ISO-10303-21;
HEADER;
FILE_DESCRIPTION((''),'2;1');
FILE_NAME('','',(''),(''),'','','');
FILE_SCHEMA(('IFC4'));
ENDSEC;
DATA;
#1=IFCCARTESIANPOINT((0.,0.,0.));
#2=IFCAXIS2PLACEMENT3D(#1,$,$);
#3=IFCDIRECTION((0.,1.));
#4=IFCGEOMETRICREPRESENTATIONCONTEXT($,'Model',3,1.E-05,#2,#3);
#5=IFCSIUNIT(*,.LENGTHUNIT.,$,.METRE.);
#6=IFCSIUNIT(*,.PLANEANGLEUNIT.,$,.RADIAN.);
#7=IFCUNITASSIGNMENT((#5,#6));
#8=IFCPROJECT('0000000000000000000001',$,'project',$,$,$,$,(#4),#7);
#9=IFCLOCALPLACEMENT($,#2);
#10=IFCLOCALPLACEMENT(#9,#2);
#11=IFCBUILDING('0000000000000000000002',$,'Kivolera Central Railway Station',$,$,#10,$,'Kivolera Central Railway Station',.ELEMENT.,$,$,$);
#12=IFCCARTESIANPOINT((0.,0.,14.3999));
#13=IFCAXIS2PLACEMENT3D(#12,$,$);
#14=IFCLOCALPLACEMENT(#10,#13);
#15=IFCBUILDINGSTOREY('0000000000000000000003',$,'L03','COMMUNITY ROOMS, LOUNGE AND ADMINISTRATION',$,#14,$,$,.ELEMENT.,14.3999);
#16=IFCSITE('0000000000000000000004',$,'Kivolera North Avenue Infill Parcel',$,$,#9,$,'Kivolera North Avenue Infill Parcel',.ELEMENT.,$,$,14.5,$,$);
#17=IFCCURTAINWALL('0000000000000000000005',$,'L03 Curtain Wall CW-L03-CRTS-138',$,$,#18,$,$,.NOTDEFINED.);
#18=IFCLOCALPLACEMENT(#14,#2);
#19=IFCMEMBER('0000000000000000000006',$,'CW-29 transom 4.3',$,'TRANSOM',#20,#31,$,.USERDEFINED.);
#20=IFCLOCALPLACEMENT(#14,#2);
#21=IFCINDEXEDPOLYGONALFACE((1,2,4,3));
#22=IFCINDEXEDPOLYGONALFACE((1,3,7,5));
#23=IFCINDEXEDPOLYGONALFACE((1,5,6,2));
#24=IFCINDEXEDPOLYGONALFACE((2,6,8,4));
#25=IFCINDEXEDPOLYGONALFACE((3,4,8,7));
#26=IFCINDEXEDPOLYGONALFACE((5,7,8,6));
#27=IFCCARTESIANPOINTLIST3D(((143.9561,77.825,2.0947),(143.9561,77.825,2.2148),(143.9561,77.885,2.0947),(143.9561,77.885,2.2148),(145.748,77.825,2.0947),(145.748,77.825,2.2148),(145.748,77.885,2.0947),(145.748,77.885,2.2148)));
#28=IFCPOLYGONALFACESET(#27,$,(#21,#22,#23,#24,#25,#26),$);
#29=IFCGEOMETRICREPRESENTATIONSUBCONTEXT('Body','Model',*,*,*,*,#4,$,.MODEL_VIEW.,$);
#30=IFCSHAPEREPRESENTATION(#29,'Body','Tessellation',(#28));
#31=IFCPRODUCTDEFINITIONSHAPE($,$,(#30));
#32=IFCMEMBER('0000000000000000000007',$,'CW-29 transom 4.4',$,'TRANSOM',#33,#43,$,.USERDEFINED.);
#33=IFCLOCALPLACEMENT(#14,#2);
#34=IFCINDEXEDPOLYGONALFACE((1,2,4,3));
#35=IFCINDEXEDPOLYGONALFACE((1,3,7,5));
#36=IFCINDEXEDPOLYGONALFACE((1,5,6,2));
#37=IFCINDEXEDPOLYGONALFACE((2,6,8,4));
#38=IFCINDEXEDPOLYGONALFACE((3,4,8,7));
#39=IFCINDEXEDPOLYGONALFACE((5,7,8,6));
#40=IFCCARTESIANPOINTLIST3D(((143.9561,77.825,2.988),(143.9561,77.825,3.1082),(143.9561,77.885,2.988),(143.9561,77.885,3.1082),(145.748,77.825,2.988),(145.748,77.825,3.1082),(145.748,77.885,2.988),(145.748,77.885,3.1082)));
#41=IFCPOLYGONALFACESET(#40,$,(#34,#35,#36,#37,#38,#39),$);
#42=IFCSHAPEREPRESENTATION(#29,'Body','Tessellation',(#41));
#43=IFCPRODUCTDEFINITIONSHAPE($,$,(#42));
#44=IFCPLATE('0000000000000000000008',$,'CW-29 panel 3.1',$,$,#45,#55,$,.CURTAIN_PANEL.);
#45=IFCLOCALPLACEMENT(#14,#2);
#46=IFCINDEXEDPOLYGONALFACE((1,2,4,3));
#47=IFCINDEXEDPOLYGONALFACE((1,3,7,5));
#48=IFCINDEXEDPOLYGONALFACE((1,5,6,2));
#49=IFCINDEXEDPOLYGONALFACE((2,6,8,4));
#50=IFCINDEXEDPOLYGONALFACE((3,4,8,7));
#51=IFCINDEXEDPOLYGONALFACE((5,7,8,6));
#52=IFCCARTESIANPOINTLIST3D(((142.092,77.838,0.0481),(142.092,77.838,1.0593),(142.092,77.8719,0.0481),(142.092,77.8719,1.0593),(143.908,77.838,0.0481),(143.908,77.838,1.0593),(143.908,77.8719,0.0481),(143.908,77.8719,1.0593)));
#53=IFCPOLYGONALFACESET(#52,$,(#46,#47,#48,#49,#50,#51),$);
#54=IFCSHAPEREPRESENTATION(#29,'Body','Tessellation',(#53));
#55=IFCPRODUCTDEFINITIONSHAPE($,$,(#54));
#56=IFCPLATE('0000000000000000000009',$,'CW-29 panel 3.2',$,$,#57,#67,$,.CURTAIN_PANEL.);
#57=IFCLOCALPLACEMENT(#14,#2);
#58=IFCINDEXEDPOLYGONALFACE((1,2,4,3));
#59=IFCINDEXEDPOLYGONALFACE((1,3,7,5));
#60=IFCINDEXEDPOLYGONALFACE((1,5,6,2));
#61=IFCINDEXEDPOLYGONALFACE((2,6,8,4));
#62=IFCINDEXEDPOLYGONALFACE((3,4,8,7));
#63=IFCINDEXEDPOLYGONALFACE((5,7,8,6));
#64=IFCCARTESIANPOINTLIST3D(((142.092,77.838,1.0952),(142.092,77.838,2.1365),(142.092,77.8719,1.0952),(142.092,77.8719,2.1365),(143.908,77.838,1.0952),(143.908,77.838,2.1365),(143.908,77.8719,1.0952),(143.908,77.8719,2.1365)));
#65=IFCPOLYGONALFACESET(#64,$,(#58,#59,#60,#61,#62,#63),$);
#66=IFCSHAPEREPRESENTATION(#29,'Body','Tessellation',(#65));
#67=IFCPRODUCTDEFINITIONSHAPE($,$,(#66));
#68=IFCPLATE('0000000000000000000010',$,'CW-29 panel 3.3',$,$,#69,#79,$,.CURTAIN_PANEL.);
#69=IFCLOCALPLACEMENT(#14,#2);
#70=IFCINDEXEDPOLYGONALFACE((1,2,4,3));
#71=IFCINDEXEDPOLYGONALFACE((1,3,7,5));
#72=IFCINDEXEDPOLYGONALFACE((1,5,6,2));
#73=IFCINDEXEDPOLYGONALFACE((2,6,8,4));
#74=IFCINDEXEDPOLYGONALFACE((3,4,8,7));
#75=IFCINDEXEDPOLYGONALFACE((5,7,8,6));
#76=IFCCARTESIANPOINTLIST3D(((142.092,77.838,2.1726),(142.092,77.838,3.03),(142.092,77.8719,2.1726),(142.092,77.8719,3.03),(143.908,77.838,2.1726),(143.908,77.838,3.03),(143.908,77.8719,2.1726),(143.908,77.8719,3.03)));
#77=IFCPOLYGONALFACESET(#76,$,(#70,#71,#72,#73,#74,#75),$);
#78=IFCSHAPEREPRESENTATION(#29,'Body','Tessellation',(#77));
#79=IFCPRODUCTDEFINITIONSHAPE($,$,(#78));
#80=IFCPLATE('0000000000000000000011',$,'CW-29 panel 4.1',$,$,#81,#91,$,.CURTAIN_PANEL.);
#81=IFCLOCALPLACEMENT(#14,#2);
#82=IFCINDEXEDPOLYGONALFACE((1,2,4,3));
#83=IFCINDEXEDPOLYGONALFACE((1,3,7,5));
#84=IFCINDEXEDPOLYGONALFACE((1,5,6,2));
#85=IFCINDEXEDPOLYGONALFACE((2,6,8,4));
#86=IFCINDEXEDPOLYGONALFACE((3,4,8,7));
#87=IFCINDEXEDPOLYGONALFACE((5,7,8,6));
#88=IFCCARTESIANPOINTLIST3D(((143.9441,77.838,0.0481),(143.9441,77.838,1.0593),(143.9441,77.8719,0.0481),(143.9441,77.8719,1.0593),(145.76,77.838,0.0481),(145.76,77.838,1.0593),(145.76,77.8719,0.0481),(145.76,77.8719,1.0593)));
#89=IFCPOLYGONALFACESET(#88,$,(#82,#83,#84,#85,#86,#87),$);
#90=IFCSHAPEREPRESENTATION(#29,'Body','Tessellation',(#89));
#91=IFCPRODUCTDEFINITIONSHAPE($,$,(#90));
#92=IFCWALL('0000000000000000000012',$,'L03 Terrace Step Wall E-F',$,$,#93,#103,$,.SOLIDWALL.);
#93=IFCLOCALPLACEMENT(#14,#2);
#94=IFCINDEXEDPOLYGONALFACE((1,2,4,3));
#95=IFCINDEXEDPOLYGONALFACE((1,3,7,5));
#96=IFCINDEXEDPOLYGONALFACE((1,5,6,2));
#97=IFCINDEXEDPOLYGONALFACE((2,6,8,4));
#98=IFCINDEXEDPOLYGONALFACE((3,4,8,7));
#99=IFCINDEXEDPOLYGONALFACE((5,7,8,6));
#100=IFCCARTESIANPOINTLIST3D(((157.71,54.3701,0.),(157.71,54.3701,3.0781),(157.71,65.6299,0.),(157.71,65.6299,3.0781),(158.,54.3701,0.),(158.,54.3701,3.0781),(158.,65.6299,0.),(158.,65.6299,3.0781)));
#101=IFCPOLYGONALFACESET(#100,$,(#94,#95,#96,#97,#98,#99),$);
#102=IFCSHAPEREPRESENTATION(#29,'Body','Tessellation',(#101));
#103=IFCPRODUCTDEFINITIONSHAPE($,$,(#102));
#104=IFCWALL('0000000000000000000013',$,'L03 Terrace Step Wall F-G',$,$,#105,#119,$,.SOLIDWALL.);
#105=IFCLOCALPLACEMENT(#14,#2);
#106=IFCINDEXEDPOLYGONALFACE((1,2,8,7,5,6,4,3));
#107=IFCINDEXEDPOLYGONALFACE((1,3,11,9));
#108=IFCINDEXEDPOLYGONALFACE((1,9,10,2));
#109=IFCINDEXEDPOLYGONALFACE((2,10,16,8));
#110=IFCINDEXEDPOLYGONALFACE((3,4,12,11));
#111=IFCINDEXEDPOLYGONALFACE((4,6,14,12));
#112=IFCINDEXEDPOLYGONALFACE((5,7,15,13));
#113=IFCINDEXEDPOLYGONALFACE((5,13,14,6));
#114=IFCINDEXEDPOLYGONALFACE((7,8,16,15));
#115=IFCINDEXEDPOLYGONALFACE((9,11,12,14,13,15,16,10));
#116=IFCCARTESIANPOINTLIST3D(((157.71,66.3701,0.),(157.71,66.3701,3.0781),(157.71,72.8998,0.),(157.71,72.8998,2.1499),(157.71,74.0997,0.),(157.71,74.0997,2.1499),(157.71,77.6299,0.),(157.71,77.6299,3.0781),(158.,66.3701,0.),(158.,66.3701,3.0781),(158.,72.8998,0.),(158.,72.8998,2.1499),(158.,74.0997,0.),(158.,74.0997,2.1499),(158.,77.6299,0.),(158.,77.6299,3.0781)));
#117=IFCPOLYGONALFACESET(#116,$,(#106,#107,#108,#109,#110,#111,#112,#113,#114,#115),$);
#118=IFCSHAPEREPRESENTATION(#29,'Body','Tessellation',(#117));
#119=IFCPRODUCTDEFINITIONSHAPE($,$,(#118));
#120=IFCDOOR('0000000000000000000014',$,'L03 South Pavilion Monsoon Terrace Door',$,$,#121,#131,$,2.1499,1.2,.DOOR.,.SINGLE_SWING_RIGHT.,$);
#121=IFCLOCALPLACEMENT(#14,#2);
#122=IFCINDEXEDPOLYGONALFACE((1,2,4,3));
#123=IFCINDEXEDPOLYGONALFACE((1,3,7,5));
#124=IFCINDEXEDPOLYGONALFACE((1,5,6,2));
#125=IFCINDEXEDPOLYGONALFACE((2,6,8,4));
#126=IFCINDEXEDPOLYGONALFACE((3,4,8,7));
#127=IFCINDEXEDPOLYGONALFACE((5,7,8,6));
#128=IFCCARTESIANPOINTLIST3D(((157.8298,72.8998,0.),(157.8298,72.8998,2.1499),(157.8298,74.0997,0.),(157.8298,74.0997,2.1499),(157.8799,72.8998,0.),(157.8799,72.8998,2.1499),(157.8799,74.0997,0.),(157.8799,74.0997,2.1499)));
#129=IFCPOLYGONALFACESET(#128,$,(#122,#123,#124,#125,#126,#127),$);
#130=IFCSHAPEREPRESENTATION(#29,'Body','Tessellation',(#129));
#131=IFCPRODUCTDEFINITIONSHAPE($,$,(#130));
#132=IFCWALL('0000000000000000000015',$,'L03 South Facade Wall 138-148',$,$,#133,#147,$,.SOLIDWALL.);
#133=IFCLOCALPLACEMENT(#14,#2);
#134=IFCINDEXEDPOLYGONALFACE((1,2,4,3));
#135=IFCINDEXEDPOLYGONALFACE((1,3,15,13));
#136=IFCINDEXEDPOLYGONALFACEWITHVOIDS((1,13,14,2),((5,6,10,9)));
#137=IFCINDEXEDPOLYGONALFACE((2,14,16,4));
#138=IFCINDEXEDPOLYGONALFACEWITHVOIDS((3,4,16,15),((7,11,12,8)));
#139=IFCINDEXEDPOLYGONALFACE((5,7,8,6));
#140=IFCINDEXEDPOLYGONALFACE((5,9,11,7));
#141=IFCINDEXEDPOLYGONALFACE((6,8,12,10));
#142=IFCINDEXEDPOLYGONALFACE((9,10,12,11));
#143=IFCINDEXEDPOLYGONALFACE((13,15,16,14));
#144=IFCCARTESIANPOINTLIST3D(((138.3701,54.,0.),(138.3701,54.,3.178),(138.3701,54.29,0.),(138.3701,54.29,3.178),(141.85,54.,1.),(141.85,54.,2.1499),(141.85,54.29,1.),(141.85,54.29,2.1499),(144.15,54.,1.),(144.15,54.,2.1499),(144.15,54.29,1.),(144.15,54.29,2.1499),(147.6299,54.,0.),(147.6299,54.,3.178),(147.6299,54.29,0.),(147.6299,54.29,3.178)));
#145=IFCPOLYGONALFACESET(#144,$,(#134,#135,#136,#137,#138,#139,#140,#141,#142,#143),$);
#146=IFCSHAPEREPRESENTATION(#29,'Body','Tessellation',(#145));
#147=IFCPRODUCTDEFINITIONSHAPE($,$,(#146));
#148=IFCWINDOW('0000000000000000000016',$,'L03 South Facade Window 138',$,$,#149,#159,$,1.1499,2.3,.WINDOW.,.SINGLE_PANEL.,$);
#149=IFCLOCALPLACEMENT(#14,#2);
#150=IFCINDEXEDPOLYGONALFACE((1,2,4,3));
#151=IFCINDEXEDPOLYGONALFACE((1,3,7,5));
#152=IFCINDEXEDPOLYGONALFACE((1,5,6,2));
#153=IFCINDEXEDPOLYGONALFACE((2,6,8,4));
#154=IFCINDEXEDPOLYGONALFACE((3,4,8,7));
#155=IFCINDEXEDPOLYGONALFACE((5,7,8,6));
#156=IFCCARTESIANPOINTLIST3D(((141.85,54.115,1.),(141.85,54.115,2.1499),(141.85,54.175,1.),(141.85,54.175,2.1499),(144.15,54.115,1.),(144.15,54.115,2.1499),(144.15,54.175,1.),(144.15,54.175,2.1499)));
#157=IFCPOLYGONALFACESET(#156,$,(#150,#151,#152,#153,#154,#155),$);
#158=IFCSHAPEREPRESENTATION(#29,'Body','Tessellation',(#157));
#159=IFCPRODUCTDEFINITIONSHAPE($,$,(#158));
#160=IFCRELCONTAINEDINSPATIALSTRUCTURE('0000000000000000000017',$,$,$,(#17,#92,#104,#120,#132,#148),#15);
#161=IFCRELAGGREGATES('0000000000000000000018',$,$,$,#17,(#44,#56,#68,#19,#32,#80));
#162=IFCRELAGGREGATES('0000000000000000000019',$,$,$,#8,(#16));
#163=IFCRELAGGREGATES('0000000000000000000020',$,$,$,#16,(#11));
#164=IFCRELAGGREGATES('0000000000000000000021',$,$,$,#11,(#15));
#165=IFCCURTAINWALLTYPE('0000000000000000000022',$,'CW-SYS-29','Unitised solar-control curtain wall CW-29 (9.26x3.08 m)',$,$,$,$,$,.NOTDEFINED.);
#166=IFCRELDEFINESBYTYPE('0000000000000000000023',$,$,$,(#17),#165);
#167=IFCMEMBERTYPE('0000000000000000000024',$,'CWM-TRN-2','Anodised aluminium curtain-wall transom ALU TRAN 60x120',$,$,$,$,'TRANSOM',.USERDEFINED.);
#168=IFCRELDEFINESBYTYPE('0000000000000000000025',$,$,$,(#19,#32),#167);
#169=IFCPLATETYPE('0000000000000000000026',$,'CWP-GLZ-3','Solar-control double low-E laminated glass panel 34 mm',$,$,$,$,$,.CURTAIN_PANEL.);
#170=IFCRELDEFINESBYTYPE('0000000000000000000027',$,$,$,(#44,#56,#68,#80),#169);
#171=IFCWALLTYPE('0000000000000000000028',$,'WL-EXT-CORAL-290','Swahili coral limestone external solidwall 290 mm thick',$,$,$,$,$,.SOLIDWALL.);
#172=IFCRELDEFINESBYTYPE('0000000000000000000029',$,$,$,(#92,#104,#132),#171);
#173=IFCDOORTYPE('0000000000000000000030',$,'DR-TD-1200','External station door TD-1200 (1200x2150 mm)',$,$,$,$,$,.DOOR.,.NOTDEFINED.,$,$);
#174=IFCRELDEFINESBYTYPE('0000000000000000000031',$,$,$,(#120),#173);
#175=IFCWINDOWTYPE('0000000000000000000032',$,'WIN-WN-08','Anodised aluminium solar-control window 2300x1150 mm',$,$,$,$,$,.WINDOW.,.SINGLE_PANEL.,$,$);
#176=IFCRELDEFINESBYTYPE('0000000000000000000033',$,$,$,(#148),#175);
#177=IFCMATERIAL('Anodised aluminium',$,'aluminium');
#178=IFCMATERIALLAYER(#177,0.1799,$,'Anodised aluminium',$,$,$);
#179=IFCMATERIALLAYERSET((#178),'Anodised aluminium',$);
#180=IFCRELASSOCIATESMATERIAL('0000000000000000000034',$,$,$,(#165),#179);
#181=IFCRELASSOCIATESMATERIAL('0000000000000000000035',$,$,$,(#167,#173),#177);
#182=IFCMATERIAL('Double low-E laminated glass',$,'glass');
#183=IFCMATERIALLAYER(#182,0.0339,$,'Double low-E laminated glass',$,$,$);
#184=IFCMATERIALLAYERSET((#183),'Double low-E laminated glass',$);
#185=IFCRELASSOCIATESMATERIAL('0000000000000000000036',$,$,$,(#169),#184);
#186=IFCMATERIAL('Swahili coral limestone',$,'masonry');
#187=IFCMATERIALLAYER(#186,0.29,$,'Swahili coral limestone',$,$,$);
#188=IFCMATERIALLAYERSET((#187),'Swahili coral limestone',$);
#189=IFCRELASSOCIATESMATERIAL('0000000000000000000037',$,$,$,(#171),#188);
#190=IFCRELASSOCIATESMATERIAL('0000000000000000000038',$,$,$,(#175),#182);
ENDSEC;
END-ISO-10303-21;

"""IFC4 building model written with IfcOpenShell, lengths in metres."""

from ifc_helpers import new_model, si_unit, direction, frame, frame_2d, origin, origin_2d, place, context, subcontext, project, spatial, rectangle, extrude, material, layer, layer_set, material_profile, profile_set, type_object, element, fill, aggregate, save


model = new_model("IFC4")

# Units and contexts
model_context = context("Model", 3, precision=1e-05, world=origin(), true_north=direction((0.0, 1.0)))
body_context = subcontext(model_context, "Body", "Model", "MODEL_VIEW")
ifc_project = project(units=[si_unit("LENGTHUNIT", "METRE"), si_unit("PLANEANGLEUNIT", "RADIAN")], contexts=[model_context])

# Site, building, storey
site_placement = place(None, origin())
site = spatial("IfcSite", under=ifc_project, at=site_placement, Name="Kivolera North Avenue Infill Parcel", LongName="Kivolera North Avenue Infill Parcel", CompositionType="ELEMENT", RefElevation=14.5)
building_placement = place(site_placement, origin())
building = spatial("IfcBuilding", under=site, at=building_placement, Name="Kivolera Central Railway Station", LongName="Kivolera Central Railway Station", CompositionType="ELEMENT")
storey_placement = place(building_placement, frame((0.0, 0.0, 14.3999)))
storey = spatial("IfcBuildingStorey", under=building, at=storey_placement, Name="L03", Description="COMMUNITY ROOMS, LOUNGE AND ADMINISTRATION", CompositionType="ELEMENT", Elevation=14.3999)

# Curtain wall, members, plates
ifc_material_1 = material(Name="Anodised aluminium", Category="aluminium")
ifc_layer_1 = layer(ifc_material_1, 0.1799, Name="Anodised aluminium")
ifc_layer_set_1 = layer_set([ifc_layer_1], Name="Anodised aluminium")
curtain_wall_type = type_object("IfcCurtainWallType", Name="CW-SYS-29", Description="Unitised solar-control curtain wall CW-29 (9.26x3.08 m)", PredefinedType="NOTDEFINED", material=ifc_layer_set_1)
curtain_wall_placement = place(storey_placement, origin())
curtain_wall = element("IfcCurtainWall", 1, at=curtain_wall_placement, inside=storey, type_object=curtain_wall_type, Name="L03 Curtain Wall CW-L03-CRTS-138", PredefinedType="NOTDEFINED")
ifc_material_profile_1 = material_profile(ifc_material_1, rectangle(XDim=0.0601, YDim=0.1201, at=origin_2d()), Name="ALU TRAN 60x120")
ifc_profile_set_1 = profile_set([ifc_material_profile_1], Name="Anodised aluminium")
member_type_1 = type_object("IfcMemberType", Name="CWM-TRN-2", Description="Anodised aluminium curtain-wall transom ALU TRAN 60x120", ElementType="TRANSOM", PredefinedType="USERDEFINED", material=ifc_profile_set_1)
member_1_placement = place(storey_placement, frame((143.9561, 77.855, 2.1548), z_axis=(1.0, 0.0, 0.0), x_axis=(0.0, 1.0, 0.0)))
member_1 = element("IfcMember", 2, at=member_1_placement, type_object=member_type_1, Name="CW-29 transom 4.3", ObjectType="TRANSOM", PredefinedType="USERDEFINED", context=body_context, shape_type="SweptSolid", body=[
    extrude(rectangle(XDim=0.0601, YDim=0.1201, at=origin_2d()), origin(), (0.0, 0.0, 1.0), 1.792),
])
member_2_placement = place(storey_placement, frame((143.9561, 77.855, 3.0481), z_axis=(1.0, 0.0, 0.0), x_axis=(0.0, 1.0, 0.0)))
member_2 = element("IfcMember", 3, at=member_2_placement, type_object=member_type_1, Name="CW-29 transom 4.4", ObjectType="TRANSOM", PredefinedType="USERDEFINED", context=body_context, shape_type="SweptSolid", body=[
    extrude(rectangle(XDim=0.0601, YDim=0.1201, at=origin_2d()), origin(), (0.0, 0.0, 1.0), 1.792),
])
ifc_material_2 = material(Name="Double low-E laminated glass", Category="glass")
ifc_layer_2 = layer(ifc_material_2, 0.0339, Name="Double low-E laminated glass")
ifc_layer_set_2 = layer_set([ifc_layer_2], Name="Double low-E laminated glass")
plate_type = type_object("IfcPlateType", Name="CWP-GLZ-3", Description="Solar-control double low-E laminated glass panel 34 mm", PredefinedType="CURTAIN_PANEL", material=ifc_layer_set_2)
plate_1_placement = place(storey_placement, frame((143.0, 77.855, 0.0481), z_axis=(0.0, 0.0, 1.0), x_axis=(1.0, 0.0, 0.0)))
plate_1 = element("IfcPlate", 4, at=plate_1_placement, type_object=plate_type, Name="CW-29 panel 3.1", PredefinedType="CURTAIN_PANEL", context=body_context, shape_type="SweptSolid", body=[
    extrude(rectangle(XDim=1.8159, YDim=0.0339, at=origin_2d()), origin(), (0.0, 0.0, 1.0), 1.0112),
])
plate_2_placement = place(storey_placement, frame((143.0, 77.855, 1.0952), z_axis=(0.0, 0.0, 1.0), x_axis=(1.0, 0.0, 0.0)))
plate_2 = element("IfcPlate", 5, at=plate_2_placement, type_object=plate_type, Name="CW-29 panel 3.2", PredefinedType="CURTAIN_PANEL", context=body_context, shape_type="SweptSolid", body=[
    extrude(rectangle(XDim=1.8159, YDim=0.0339, at=origin_2d()), origin(), (0.0, 0.0, 1.0), 1.0413),
])
plate_3_placement = place(storey_placement, frame((143.0, 77.855, 2.1726), z_axis=(0.0, 0.0, 1.0), x_axis=(1.0, 0.0, 0.0)))
plate_3 = element("IfcPlate", 6, at=plate_3_placement, type_object=plate_type, Name="CW-29 panel 3.3", PredefinedType="CURTAIN_PANEL", context=body_context, shape_type="SweptSolid", body=[
    extrude(rectangle(XDim=1.8159, YDim=0.0339, at=origin_2d()), origin(), (0.0, 0.0, 1.0), 0.8574),
])
plate_4_placement = place(storey_placement, frame((144.8521, 77.855, 0.0481), z_axis=(0.0, 0.0, 1.0), x_axis=(1.0, 0.0, 0.0)))
plate_4 = element("IfcPlate", 7, at=plate_4_placement, type_object=plate_type, Name="CW-29 panel 4.1", PredefinedType="CURTAIN_PANEL", context=body_context, shape_type="SweptSolid", body=[
    extrude(rectangle(XDim=1.8159, YDim=0.0339, at=origin_2d()), origin(), (0.0, 0.0, 1.0), 1.0112),
])
aggregate(curtain_wall, [plate_1, plate_2, plate_3, member_1, member_2, plate_4])

# Wall
ifc_material_3 = material(Name="Swahili coral limestone", Category="masonry")
ifc_layer_3 = layer(ifc_material_3, 0.29, Name="Swahili coral limestone")
ifc_layer_set_3 = layer_set([ifc_layer_3], Name="Swahili coral limestone")
wall_type = type_object("IfcWallType", Name="WL-EXT-CORAL-290", Description="Swahili coral limestone external solidwall 290 mm thick", PredefinedType="SOLIDWALL", material=ifc_layer_set_3)
wall_1_placement = place(storey_placement, frame((157.855, 65.6299, 0.0), z_axis=(0.0, 0.0, 1.0), x_axis=(0.0, -1.0, 0.0)))
element("IfcWall", 8, at=wall_1_placement, inside=storey, type_object=wall_type, Name="L03 Terrace Step Wall E-F", PredefinedType="SOLIDWALL", context=body_context, shape_type="SweptSolid", body=[
    extrude(rectangle(XDim=11.2598, YDim=0.29, at=frame_2d((5.6299, 0.0))), origin(), (0.0, 0.0, 1.0), 3.0781),
])

# Wall, opening, door
wall_2_placement = place(storey_placement, frame((157.855, 77.6299, 0.0), z_axis=(0.0, 0.0, 1.0), x_axis=(0.0, -1.0, 0.0)))
wall_2 = element("IfcWall", 9, at=wall_2_placement, inside=storey, type_object=wall_type, Name="L03 Terrace Step Wall F-G", PredefinedType="SOLIDWALL", context=body_context, shape_type="SweptSolid", body=[
    extrude(rectangle(XDim=11.2598, YDim=0.29, at=frame_2d((5.6299, 0.0))), origin(), (0.0, 0.0, 1.0), 3.0781),
])
opening_1_placement = place(wall_2_placement, frame((3.53, 0.0, 0.0)))
opening_1 = element("IfcOpeningElement", 10, at=opening_1_placement, cuts=wall_2, PredefinedType="OPENING", context=body_context, shape_type="SweptSolid", body=[
    extrude(rectangle(XDim=1.2, YDim=2.1499, at=frame_2d((0.6001, 1.075))), frame((0.0, 0.155, 0.0), z_axis=(0.0, -1.0, 0.0), x_axis=(1.0, 0.0, 0.0)), (0.0, 0.0, 1.0), 0.3101),
])
door_type = type_object("IfcDoorType", Name="DR-TD-1200", Description="External station door TD-1200 (1200x2150 mm)", OperationType="NOTDEFINED", PredefinedType="DOOR", material=ifc_material_1)
door_placement = place(opening_1_placement, origin())
door = element("IfcDoor", 11, at=door_placement, inside=storey, type_object=door_type, Name="L03 South Pavilion Monsoon Terrace Door", OperationType="SINGLE_SWING_RIGHT", OverallHeight=2.1499, OverallWidth=1.2, PredefinedType="DOOR", context=body_context, shape_type="SweptSolid", body=[
    extrude(rectangle(XDim=1.2, YDim=2.1499, at=frame_2d((0.6001, 1.075))), frame((0.0, 0.0249, 0.0), z_axis=(0.0, -1.0, 0.0), x_axis=(1.0, 0.0, 0.0)), (0.0, 0.0, 1.0), 0.05),
])
fill(opening_1, door)

# Wall, opening, window
wall_3_placement = place(storey_placement, frame((147.6299, 54.145, 0.0), z_axis=(0.0, 0.0, 1.0), x_axis=(-1.0, 0.0, 0.0)))
wall_3 = element("IfcWall", 12, at=wall_3_placement, inside=storey, type_object=wall_type, Name="L03 South Facade Wall 138-148", PredefinedType="SOLIDWALL", context=body_context, shape_type="SweptSolid", body=[
    extrude(rectangle(XDim=9.2598, YDim=0.29, at=frame_2d((4.6299, 0.0))), origin(), (0.0, 0.0, 1.0), 3.178),
])
opening_2_placement = place(wall_3_placement, frame((3.48, 0.0, 1.0)))
opening_2 = element("IfcOpeningElement", 13, at=opening_2_placement, cuts=wall_3, PredefinedType="OPENING", context=body_context, shape_type="SweptSolid", body=[
    extrude(rectangle(XDim=2.3, YDim=1.1499, at=frame_2d((1.1499, 0.575))), frame((0.0, 0.155, 0.0), z_axis=(0.0, -1.0, 0.0), x_axis=(1.0, 0.0, 0.0)), (0.0, 0.0, 1.0), 0.3101),
])
window_type_1 = type_object("IfcWindowType", Name="WIN-WN-08", Description="Anodised aluminium solar-control window 2300x1150 mm", PartitioningType="SINGLE_PANEL", PredefinedType="WINDOW", material=ifc_material_2)
window_1_placement = place(opening_2_placement, origin())
window_1 = element("IfcWindow", 14, at=window_1_placement, inside=storey, type_object=window_type_1, Name="L03 South Facade Window 138", OverallHeight=1.1499, OverallWidth=2.3, PartitioningType="SINGLE_PANEL", PredefinedType="WINDOW", context=body_context, shape_type="SweptSolid", body=[
    extrude(rectangle(XDim=2.3, YDim=1.1499, at=frame_2d((1.1499, 0.575))), frame((0.0, 0.03, 0.0), z_axis=(0.0, -1.0, 0.0), x_axis=(1.0, 0.0, 0.0)), (0.0, 0.0, 1.0), 0.0601),
])
fill(opening_2, window_1)

save(model, "model.ifc")
